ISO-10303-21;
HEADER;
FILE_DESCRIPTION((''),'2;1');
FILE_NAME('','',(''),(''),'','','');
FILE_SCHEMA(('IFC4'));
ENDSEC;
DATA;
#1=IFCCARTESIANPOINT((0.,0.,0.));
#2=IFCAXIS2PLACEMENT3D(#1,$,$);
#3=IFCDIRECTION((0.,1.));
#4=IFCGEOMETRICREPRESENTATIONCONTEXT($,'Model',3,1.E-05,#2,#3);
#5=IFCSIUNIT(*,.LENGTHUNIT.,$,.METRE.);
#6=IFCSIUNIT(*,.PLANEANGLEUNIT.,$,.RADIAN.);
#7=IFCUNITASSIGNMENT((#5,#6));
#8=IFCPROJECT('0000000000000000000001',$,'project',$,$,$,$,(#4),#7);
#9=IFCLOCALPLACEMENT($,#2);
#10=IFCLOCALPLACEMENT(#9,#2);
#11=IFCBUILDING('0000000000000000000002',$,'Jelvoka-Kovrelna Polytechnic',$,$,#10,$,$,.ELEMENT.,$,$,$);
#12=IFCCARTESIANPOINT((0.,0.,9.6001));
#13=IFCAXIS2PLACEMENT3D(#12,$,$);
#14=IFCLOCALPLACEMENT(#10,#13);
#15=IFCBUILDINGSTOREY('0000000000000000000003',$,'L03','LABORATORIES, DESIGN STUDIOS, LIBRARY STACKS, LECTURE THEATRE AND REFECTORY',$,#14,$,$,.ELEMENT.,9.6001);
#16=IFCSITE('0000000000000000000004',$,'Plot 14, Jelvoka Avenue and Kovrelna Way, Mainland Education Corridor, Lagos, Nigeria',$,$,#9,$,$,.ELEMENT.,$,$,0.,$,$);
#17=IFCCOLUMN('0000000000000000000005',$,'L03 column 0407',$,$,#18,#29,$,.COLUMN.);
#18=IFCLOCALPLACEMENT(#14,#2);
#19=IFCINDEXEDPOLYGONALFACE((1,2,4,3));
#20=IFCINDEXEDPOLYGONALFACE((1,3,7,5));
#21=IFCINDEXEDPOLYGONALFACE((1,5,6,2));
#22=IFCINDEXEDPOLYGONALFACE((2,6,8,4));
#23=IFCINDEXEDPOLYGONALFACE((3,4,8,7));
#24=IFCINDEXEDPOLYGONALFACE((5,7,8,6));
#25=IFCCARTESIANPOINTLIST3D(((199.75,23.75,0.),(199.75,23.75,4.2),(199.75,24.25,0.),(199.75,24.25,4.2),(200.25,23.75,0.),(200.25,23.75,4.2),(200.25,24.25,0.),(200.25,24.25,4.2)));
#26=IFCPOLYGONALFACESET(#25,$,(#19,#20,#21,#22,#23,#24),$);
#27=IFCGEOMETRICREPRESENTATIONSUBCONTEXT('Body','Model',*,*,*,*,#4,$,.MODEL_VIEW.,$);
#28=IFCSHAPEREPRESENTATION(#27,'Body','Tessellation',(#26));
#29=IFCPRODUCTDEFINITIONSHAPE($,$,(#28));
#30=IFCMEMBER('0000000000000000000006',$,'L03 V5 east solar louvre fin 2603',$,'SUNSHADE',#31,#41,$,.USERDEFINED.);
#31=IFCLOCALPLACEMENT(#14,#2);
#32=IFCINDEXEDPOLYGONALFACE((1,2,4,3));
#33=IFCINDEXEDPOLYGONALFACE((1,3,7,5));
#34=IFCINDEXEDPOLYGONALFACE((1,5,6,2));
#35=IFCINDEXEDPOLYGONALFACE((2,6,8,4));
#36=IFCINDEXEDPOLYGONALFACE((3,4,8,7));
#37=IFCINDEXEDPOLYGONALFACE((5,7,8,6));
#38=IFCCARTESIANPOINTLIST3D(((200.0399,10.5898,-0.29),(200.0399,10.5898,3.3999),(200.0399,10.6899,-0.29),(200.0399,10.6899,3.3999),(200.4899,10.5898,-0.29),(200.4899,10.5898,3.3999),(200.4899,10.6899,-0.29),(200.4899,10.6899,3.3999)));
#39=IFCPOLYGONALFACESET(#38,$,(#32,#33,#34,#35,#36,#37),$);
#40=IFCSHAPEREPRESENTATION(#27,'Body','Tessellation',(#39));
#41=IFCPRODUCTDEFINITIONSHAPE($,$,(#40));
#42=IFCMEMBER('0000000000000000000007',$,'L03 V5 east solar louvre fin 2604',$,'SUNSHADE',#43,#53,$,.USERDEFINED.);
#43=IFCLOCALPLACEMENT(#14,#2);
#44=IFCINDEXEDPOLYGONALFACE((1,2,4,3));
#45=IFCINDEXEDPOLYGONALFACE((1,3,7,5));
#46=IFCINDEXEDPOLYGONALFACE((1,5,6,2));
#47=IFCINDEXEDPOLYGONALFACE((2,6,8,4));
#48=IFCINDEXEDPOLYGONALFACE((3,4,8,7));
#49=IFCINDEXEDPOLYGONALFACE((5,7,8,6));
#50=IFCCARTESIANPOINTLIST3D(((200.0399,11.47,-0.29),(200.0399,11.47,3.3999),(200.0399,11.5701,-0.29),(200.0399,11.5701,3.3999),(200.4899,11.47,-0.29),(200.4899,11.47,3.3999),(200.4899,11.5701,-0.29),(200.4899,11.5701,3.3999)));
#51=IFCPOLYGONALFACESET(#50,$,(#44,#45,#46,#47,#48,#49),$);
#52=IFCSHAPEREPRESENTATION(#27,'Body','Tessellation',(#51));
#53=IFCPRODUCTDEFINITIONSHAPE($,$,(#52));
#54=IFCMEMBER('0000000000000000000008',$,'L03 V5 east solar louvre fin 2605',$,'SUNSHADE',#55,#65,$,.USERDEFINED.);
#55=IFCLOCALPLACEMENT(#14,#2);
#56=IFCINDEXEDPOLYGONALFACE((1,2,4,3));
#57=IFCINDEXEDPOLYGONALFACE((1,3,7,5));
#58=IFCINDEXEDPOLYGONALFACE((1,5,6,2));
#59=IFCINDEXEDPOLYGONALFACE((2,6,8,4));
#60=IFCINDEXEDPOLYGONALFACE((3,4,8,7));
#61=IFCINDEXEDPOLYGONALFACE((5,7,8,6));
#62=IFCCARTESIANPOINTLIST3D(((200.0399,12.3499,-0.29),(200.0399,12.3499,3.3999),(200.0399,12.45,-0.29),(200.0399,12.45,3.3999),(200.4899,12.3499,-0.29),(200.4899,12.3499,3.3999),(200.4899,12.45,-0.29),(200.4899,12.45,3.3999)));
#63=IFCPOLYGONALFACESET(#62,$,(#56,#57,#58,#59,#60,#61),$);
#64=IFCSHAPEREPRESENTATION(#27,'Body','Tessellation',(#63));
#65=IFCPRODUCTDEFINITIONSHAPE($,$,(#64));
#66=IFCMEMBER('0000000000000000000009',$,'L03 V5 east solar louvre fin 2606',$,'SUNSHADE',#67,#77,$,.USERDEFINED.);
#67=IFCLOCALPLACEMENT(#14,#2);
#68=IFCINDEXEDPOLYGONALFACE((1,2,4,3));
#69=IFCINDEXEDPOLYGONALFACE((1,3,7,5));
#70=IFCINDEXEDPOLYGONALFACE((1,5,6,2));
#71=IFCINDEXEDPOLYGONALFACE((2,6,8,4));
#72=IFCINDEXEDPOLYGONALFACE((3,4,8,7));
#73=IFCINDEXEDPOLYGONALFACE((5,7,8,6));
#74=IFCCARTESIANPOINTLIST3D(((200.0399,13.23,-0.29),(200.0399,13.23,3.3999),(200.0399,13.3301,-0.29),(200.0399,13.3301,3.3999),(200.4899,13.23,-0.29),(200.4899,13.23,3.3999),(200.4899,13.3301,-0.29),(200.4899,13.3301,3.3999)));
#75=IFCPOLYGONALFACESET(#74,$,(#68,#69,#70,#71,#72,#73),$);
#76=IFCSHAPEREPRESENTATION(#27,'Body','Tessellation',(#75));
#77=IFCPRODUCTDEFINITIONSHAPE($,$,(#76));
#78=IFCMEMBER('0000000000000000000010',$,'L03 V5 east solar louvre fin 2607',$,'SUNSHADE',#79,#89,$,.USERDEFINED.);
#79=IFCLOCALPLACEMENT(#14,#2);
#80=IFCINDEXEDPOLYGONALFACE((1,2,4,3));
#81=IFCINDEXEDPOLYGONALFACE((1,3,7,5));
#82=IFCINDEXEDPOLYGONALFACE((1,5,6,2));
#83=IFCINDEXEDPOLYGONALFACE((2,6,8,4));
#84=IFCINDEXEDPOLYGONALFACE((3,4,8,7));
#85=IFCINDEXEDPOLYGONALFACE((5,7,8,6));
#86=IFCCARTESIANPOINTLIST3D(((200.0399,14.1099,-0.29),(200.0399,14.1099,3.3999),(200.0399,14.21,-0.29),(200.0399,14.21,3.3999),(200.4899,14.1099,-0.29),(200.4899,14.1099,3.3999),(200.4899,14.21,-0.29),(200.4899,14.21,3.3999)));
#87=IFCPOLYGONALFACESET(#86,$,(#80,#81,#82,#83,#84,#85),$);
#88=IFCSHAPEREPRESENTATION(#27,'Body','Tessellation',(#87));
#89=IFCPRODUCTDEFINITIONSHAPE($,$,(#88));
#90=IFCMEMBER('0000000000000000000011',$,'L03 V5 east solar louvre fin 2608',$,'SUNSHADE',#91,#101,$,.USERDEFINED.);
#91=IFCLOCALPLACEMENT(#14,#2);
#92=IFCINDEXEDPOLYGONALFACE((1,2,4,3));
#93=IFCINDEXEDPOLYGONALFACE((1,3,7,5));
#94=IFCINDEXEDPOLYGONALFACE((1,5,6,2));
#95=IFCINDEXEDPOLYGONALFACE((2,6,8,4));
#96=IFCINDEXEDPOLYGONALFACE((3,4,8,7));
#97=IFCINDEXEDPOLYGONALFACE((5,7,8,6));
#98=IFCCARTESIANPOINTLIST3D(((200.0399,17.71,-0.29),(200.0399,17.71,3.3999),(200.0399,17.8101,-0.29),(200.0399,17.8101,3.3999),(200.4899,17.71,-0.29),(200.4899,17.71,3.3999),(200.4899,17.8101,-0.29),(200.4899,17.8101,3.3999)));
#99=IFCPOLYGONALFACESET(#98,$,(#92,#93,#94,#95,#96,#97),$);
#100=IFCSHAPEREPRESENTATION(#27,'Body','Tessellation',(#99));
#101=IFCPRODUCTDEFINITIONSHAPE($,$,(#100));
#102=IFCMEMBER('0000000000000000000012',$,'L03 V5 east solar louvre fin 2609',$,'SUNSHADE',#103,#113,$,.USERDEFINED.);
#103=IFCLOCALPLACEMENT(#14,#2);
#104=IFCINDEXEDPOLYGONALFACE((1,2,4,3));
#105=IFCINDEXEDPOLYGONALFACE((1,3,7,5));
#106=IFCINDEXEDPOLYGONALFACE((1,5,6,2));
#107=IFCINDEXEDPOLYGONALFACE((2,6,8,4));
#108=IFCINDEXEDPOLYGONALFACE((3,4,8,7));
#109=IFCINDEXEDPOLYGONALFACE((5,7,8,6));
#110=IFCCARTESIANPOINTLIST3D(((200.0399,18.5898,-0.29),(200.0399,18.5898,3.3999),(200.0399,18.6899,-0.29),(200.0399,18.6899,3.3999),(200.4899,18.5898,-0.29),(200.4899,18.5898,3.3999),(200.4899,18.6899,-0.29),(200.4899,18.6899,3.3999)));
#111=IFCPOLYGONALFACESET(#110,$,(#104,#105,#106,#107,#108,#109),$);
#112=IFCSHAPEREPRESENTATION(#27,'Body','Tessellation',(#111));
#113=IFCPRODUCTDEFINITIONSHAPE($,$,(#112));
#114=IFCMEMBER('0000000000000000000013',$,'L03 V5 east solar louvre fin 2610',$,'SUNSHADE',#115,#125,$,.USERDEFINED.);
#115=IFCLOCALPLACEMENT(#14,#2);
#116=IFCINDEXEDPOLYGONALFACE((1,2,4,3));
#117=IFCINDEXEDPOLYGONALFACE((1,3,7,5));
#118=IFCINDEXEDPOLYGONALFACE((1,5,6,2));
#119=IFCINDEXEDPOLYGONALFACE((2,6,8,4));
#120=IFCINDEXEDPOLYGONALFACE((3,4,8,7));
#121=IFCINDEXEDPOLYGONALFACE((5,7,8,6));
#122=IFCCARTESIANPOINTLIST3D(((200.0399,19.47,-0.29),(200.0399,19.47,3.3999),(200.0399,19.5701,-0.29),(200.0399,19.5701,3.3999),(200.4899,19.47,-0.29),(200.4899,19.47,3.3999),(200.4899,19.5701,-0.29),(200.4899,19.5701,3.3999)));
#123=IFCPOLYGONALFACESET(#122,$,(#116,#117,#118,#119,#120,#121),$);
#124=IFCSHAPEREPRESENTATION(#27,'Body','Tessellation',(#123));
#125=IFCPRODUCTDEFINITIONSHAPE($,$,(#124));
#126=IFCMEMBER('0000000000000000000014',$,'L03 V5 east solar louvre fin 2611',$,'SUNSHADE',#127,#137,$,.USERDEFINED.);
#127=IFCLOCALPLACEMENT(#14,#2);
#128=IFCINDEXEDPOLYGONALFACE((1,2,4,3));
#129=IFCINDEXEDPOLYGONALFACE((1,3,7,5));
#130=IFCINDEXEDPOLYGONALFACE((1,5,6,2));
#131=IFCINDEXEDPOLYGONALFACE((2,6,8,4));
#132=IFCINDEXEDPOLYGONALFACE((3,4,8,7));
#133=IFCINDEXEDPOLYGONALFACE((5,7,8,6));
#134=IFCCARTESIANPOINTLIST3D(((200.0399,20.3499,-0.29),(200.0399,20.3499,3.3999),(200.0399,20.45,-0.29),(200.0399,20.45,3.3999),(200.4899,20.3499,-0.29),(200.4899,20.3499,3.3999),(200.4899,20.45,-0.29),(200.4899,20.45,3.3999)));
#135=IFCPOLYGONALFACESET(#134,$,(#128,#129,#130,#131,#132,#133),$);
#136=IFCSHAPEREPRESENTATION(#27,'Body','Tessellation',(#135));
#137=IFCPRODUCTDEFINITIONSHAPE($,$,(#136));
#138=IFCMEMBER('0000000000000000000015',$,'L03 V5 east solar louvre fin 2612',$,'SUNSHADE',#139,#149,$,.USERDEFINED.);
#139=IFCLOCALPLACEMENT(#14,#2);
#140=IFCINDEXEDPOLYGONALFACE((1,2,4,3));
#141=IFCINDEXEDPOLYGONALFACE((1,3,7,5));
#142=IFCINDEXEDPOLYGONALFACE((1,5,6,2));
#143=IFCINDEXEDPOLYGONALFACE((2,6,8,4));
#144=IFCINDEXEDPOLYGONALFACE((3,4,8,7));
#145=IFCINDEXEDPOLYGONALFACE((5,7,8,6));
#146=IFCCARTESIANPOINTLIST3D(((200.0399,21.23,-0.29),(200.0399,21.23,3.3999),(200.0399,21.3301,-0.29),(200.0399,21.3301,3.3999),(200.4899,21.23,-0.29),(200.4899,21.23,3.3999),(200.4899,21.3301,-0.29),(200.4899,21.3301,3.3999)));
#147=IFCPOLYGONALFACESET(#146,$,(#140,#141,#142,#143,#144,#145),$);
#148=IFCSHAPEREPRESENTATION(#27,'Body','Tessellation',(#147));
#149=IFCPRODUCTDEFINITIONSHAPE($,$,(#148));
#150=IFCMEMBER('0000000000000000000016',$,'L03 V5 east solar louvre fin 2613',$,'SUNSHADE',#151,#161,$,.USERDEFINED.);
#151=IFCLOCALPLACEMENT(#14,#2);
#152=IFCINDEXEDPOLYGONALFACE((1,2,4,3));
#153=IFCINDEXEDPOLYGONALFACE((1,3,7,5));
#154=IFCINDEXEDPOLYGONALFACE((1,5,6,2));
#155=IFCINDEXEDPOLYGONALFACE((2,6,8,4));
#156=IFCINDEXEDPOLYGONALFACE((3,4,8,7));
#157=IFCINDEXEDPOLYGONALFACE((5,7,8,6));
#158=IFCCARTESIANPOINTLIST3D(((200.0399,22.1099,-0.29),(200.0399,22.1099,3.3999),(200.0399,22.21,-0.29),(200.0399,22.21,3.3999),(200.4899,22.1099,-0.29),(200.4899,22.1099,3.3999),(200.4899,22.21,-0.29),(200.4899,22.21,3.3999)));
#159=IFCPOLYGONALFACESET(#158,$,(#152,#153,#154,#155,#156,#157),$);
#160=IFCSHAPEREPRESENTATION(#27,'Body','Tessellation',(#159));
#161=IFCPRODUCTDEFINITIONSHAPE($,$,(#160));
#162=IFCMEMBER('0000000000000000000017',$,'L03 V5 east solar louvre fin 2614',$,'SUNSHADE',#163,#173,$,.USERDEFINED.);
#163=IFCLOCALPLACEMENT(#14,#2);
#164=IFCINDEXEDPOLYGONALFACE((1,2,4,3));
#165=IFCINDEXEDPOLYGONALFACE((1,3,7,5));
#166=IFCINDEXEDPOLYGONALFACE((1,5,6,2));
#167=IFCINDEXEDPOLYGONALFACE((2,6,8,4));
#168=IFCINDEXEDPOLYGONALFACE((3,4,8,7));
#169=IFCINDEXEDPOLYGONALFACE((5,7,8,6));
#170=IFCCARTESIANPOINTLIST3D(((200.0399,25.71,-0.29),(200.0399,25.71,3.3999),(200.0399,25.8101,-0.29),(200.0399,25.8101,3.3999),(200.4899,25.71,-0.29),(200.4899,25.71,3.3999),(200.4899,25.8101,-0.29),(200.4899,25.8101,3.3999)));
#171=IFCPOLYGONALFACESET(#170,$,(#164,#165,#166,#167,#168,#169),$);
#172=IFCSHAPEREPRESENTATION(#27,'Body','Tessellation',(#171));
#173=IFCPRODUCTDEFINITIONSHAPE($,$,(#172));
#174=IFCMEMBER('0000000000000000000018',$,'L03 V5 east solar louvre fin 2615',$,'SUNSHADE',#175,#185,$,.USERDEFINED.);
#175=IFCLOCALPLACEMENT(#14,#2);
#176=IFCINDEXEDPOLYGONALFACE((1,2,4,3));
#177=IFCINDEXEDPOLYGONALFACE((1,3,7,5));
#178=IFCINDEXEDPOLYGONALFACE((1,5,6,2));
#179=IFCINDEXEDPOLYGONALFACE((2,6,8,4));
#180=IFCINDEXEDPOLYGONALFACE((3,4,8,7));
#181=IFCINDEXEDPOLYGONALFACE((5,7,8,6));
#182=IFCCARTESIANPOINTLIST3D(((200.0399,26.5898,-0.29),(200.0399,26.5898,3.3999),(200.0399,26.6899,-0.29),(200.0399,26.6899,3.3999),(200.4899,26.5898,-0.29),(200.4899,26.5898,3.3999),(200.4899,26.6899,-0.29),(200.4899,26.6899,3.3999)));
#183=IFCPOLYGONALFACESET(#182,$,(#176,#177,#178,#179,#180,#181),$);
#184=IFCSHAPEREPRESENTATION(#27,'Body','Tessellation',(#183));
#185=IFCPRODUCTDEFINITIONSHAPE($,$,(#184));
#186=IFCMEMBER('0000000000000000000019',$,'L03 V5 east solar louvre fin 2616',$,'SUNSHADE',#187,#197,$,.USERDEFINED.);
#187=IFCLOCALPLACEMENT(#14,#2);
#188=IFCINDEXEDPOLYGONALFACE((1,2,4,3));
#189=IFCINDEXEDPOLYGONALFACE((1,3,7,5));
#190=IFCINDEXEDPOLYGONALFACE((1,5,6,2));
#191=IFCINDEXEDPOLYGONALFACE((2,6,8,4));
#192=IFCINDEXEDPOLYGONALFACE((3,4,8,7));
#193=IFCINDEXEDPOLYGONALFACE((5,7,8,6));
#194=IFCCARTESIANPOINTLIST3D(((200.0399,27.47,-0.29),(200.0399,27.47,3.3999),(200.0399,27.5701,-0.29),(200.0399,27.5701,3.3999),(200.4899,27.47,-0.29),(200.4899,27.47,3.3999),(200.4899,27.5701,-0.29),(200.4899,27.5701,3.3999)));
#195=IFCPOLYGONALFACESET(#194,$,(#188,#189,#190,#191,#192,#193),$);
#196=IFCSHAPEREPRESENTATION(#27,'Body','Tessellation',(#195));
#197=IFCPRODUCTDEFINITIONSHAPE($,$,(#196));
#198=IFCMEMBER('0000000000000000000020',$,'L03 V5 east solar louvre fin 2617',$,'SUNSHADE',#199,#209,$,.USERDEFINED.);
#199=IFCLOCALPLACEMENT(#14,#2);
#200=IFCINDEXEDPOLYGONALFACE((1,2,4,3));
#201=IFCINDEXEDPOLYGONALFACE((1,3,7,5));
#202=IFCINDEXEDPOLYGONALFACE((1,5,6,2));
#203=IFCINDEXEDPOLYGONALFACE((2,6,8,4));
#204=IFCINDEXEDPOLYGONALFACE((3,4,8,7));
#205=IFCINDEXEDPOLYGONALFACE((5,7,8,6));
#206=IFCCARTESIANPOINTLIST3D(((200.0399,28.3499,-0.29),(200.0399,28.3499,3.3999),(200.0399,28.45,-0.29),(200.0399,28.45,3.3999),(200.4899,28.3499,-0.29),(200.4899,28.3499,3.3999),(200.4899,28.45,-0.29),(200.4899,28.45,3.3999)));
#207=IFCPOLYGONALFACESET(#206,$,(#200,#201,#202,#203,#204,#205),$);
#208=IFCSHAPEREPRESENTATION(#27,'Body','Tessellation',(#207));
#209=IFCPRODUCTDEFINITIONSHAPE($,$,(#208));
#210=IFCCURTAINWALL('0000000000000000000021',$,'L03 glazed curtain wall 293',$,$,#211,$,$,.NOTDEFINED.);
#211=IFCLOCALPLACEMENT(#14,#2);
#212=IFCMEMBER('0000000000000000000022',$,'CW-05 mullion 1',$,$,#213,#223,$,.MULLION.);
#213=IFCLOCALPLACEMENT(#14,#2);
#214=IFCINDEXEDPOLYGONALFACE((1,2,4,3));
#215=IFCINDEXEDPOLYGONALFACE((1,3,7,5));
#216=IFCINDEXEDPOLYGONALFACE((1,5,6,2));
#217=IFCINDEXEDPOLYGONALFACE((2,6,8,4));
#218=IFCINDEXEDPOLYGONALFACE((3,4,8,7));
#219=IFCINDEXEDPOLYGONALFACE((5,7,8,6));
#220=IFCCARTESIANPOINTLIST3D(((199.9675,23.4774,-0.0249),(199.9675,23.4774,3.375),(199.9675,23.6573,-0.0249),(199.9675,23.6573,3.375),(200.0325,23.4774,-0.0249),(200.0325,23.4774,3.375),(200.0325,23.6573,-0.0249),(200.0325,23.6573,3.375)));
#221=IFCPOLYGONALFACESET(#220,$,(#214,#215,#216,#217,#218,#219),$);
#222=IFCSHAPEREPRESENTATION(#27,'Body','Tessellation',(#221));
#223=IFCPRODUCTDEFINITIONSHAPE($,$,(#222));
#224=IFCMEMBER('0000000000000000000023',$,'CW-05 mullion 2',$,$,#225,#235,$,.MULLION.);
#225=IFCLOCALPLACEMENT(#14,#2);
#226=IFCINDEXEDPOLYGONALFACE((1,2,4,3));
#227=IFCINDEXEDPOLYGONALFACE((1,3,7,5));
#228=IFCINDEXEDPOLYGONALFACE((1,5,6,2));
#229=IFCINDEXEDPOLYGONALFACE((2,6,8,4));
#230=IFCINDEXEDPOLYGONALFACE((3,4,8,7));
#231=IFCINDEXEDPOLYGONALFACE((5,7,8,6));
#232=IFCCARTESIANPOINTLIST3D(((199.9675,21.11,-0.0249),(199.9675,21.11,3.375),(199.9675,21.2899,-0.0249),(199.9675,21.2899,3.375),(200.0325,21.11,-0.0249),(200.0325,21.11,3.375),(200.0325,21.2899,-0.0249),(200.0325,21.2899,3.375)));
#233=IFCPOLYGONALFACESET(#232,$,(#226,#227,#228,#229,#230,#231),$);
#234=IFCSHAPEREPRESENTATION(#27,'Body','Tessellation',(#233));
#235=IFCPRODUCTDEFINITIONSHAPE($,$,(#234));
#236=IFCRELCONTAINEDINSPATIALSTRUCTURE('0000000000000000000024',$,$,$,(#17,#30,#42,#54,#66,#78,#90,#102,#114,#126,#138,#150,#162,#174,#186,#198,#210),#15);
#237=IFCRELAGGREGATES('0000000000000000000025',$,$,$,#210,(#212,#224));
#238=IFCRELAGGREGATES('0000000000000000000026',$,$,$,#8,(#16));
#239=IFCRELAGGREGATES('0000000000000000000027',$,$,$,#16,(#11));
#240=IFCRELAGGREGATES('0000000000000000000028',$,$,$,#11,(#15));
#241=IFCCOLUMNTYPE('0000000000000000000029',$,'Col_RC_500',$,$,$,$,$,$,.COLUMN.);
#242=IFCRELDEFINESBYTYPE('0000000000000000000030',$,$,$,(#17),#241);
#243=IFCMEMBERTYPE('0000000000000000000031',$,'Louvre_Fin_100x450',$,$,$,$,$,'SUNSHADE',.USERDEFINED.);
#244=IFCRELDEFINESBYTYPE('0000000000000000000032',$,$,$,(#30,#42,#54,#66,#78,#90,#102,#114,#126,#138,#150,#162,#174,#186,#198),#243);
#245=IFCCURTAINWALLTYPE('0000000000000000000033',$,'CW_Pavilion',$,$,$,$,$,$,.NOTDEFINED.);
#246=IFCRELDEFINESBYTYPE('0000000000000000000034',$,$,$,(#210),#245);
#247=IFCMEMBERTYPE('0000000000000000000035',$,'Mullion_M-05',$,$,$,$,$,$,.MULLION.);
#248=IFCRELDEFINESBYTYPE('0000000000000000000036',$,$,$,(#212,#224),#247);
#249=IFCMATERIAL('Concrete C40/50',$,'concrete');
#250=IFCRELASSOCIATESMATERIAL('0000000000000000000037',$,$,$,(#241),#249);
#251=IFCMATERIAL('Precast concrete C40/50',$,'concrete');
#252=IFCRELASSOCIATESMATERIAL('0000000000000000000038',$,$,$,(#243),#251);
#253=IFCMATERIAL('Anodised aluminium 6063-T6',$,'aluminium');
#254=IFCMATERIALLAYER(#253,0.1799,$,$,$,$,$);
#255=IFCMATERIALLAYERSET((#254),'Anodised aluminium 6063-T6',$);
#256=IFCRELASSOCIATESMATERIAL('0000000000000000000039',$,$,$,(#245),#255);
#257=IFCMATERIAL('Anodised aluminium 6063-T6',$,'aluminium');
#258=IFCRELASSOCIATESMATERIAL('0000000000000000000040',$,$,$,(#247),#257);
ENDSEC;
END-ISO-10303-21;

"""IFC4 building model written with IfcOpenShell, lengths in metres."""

from ifc_helpers import new_model, si_unit, direction, frame, origin, origin_2d, place, context, subcontext, project, spatial, rectangle, extrude, material, layer, layer_set, material_profile, profile_set, type_object, element, aggregate, save


model = new_model("IFC4")

# Units and contexts
model_context = context("Model", 3, precision=1e-05, world=origin(), true_north=direction((0.0, 1.0)))
body_context = subcontext(model_context, "Body", "Model", "MODEL_VIEW")
ifc_project = project(units=[si_unit("LENGTHUNIT", "METRE"), si_unit("PLANEANGLEUNIT", "RADIAN")], contexts=[model_context])

# Site, building, storey
site_placement = place(None, origin())
site = spatial("IfcSite", under=ifc_project, at=site_placement, Name="Plot 14, Jelvoka Avenue and Kovrelna Way, Mainland Education Corridor, Lagos, Nigeria", CompositionType="ELEMENT", RefElevation=0.0)
building_placement = place(site_placement, origin())
building = spatial("IfcBuilding", under=site, at=building_placement, Name="Jelvoka-Kovrelna Polytechnic", CompositionType="ELEMENT")
storey_placement = place(building_placement, frame((0.0, 0.0, 9.6001)))
storey = spatial("IfcBuildingStorey", under=building, at=storey_placement, Name="L03", Description="LABORATORIES, DESIGN STUDIOS, LIBRARY STACKS, LECTURE THEATRE AND REFECTORY", CompositionType="ELEMENT", Elevation=9.6001)

# Column
ifc_material_1 = material(Name="Concrete C40/50", Category="concrete")
ifc_material_profile_1 = material_profile(ifc_material_1, rectangle(XDim=0.5, YDim=0.5, at=origin_2d()), Name="RC 500x500")
ifc_profile_set_1 = profile_set([ifc_material_profile_1], Name="Concrete C40/50")
column_type = type_object("IfcColumnType", Name="Col_RC_500", PredefinedType="COLUMN", material=ifc_profile_set_1)
column_placement = place(storey_placement, frame((200.0, 24.0, 0.0), z_axis=(0.0, 0.0, 1.0), x_axis=(0.0, 1.0, 0.0)))
element("IfcColumn", 1, at=column_placement, inside=storey, type_object=column_type, Name="L03 column 0407", PredefinedType="COLUMN", context=body_context, shape_type="SweptSolid", body=[
    extrude(rectangle(XDim=0.5, YDim=0.5, at=origin_2d()), origin(), (0.0, 0.0, 1.0), 4.2),
])

# Members
ifc_material_2 = material(Name="Precast concrete C40/50", Category="concrete")
ifc_material_profile_2 = material_profile(ifc_material_2, rectangle(XDim=0.1001, YDim=0.45, at=origin_2d()), Name="PC 100x450")
ifc_profile_set_2 = profile_set([ifc_material_profile_2], Name="Precast concrete C40/50")
member_type_1 = type_object("IfcMemberType", Name="Louvre_Fin_100x450", ElementType="SUNSHADE", PredefinedType="USERDEFINED", material=ifc_profile_set_2)
for number, where, z_axis, x_axis, name in (
    (2, (200.2649, 10.6399, -0.29), (0.0, 0.0, 1.0), (0.0, 1.0, 0.0), "L03 V5 east solar louvre fin 2603"),
    (3, (200.2649, 11.52, -0.29), (0.0, 0.0, 1.0), (0.0, 1.0, 0.0), "L03 V5 east solar louvre fin 2604"),
    (4, (200.2649, 12.3999, -0.29), (0.0, 0.0, 1.0), (0.0, 1.0, 0.0), "L03 V5 east solar louvre fin 2605"),
    (5, (200.2649, 13.28, -0.29), (0.0, 0.0, 1.0), (0.0, 1.0, 0.0), "L03 V5 east solar louvre fin 2606"),
    (6, (200.2649, 14.1599, -0.29), (0.0, 0.0, 1.0), (0.0, 1.0, 0.0), "L03 V5 east solar louvre fin 2607"),
    (7, (200.2649, 17.76, -0.29), (0.0, 0.0, 1.0), (0.0, 1.0, 0.0), "L03 V5 east solar louvre fin 2608"),
    (8, (200.2649, 18.6399, -0.29), (0.0, 0.0, 1.0), (0.0, 1.0, 0.0), "L03 V5 east solar louvre fin 2609"),
    (9, (200.2649, 19.52, -0.29), (0.0, 0.0, 1.0), (0.0, 1.0, 0.0), "L03 V5 east solar louvre fin 2610"),
    (10, (200.2649, 20.3999, -0.29), (0.0, 0.0, 1.0), (0.0, 1.0, 0.0), "L03 V5 east solar louvre fin 2611"),
    (11, (200.2649, 21.28, -0.29), (0.0, 0.0, 1.0), (0.0, 1.0, 0.0), "L03 V5 east solar louvre fin 2612"),
    (12, (200.2649, 22.1599, -0.29), (0.0, 0.0, 1.0), (0.0, 1.0, 0.0), "L03 V5 east solar louvre fin 2613"),
    (13, (200.2649, 25.76, -0.29), (0.0, 0.0, 1.0), (0.0, 1.0, 0.0), "L03 V5 east solar louvre fin 2614"),
    (14, (200.2649, 26.6399, -0.29), (0.0, 0.0, 1.0), (0.0, 1.0, 0.0), "L03 V5 east solar louvre fin 2615"),
    (15, (200.2649, 27.52, -0.29), (0.0, 0.0, 1.0), (0.0, 1.0, 0.0), "L03 V5 east solar louvre fin 2616"),
    (16, (200.2649, 28.3999, -0.29), (0.0, 0.0, 1.0), (0.0, 1.0, 0.0), "L03 V5 east solar louvre fin 2617"),
):
    element("IfcMember", number, at=place(storey_placement, frame(where, z_axis=z_axis, x_axis=x_axis)), inside=storey, type_object=member_type_1, Name=name, ObjectType="SUNSHADE", PredefinedType="USERDEFINED", context=body_context, shape_type="SweptSolid", body=[
        extrude(rectangle(XDim=0.1001, YDim=0.45, at=origin_2d()), origin(), (0.0, 0.0, 1.0), 3.6899),
    ])

# Curtain wall, members
ifc_material_3 = material(Name="Anodised aluminium 6063-T6", Category="aluminium")
ifc_layer_1 = layer(ifc_material_3, 0.1799)
ifc_layer_set_1 = layer_set([ifc_layer_1], Name="Anodised aluminium 6063-T6")
curtain_wall_type = type_object("IfcCurtainWallType", Name="CW_Pavilion", PredefinedType="NOTDEFINED", material=ifc_layer_set_1)
curtain_wall_placement = place(storey_placement, origin())
curtain_wall = element("IfcCurtainWall", 17, at=curtain_wall_placement, inside=storey, type_object=curtain_wall_type, Name="L03 glazed curtain wall 293", PredefinedType="NOTDEFINED")
ifc_material_4 = material(Name="Anodised aluminium 6063-T6", Category="aluminium")
ifc_material_profile_3 = material_profile(ifc_material_4, rectangle(XDim=0.0649, YDim=0.1799, at=origin_2d()), Name="ALU 65x180")
ifc_profile_set_3 = profile_set([ifc_material_profile_3], Name="Anodised aluminium 6063-T6")
member_type_2 = type_object("IfcMemberType", Name="Mullion_M-05", PredefinedType="MULLION", material=ifc_profile_set_3)
member_1_placement = place(storey_placement, frame((200.0, 23.5674, -0.0249), z_axis=(0.0, 0.0, 1.0), x_axis=(1.0, 0.0, 0.0)))
member_1 = element("IfcMember", 18, at=member_1_placement, type_object=member_type_2, Name="CW-05 mullion 1", PredefinedType="MULLION", context=body_context, shape_type="SweptSolid", body=[
    extrude(rectangle(XDim=0.0649, YDim=0.1799, at=origin_2d()), origin(), (0.0, 0.0, 1.0), 3.3999),
])
member_2_placement = place(storey_placement, frame((200.0, 21.2, -0.0249), z_axis=(0.0, 0.0, 1.0), x_axis=(1.0, 0.0, 0.0)))
member_2 = element("IfcMember", 19, at=member_2_placement, type_object=member_type_2, Name="CW-05 mullion 2", PredefinedType="MULLION", context=body_context, shape_type="SweptSolid", body=[
    extrude(rectangle(XDim=0.0649, YDim=0.1799, at=origin_2d()), origin(), (0.0, 0.0, 1.0), 3.3999),
])
aggregate(curtain_wall, [member_1, member_2])

save(model, "model.ifc")
